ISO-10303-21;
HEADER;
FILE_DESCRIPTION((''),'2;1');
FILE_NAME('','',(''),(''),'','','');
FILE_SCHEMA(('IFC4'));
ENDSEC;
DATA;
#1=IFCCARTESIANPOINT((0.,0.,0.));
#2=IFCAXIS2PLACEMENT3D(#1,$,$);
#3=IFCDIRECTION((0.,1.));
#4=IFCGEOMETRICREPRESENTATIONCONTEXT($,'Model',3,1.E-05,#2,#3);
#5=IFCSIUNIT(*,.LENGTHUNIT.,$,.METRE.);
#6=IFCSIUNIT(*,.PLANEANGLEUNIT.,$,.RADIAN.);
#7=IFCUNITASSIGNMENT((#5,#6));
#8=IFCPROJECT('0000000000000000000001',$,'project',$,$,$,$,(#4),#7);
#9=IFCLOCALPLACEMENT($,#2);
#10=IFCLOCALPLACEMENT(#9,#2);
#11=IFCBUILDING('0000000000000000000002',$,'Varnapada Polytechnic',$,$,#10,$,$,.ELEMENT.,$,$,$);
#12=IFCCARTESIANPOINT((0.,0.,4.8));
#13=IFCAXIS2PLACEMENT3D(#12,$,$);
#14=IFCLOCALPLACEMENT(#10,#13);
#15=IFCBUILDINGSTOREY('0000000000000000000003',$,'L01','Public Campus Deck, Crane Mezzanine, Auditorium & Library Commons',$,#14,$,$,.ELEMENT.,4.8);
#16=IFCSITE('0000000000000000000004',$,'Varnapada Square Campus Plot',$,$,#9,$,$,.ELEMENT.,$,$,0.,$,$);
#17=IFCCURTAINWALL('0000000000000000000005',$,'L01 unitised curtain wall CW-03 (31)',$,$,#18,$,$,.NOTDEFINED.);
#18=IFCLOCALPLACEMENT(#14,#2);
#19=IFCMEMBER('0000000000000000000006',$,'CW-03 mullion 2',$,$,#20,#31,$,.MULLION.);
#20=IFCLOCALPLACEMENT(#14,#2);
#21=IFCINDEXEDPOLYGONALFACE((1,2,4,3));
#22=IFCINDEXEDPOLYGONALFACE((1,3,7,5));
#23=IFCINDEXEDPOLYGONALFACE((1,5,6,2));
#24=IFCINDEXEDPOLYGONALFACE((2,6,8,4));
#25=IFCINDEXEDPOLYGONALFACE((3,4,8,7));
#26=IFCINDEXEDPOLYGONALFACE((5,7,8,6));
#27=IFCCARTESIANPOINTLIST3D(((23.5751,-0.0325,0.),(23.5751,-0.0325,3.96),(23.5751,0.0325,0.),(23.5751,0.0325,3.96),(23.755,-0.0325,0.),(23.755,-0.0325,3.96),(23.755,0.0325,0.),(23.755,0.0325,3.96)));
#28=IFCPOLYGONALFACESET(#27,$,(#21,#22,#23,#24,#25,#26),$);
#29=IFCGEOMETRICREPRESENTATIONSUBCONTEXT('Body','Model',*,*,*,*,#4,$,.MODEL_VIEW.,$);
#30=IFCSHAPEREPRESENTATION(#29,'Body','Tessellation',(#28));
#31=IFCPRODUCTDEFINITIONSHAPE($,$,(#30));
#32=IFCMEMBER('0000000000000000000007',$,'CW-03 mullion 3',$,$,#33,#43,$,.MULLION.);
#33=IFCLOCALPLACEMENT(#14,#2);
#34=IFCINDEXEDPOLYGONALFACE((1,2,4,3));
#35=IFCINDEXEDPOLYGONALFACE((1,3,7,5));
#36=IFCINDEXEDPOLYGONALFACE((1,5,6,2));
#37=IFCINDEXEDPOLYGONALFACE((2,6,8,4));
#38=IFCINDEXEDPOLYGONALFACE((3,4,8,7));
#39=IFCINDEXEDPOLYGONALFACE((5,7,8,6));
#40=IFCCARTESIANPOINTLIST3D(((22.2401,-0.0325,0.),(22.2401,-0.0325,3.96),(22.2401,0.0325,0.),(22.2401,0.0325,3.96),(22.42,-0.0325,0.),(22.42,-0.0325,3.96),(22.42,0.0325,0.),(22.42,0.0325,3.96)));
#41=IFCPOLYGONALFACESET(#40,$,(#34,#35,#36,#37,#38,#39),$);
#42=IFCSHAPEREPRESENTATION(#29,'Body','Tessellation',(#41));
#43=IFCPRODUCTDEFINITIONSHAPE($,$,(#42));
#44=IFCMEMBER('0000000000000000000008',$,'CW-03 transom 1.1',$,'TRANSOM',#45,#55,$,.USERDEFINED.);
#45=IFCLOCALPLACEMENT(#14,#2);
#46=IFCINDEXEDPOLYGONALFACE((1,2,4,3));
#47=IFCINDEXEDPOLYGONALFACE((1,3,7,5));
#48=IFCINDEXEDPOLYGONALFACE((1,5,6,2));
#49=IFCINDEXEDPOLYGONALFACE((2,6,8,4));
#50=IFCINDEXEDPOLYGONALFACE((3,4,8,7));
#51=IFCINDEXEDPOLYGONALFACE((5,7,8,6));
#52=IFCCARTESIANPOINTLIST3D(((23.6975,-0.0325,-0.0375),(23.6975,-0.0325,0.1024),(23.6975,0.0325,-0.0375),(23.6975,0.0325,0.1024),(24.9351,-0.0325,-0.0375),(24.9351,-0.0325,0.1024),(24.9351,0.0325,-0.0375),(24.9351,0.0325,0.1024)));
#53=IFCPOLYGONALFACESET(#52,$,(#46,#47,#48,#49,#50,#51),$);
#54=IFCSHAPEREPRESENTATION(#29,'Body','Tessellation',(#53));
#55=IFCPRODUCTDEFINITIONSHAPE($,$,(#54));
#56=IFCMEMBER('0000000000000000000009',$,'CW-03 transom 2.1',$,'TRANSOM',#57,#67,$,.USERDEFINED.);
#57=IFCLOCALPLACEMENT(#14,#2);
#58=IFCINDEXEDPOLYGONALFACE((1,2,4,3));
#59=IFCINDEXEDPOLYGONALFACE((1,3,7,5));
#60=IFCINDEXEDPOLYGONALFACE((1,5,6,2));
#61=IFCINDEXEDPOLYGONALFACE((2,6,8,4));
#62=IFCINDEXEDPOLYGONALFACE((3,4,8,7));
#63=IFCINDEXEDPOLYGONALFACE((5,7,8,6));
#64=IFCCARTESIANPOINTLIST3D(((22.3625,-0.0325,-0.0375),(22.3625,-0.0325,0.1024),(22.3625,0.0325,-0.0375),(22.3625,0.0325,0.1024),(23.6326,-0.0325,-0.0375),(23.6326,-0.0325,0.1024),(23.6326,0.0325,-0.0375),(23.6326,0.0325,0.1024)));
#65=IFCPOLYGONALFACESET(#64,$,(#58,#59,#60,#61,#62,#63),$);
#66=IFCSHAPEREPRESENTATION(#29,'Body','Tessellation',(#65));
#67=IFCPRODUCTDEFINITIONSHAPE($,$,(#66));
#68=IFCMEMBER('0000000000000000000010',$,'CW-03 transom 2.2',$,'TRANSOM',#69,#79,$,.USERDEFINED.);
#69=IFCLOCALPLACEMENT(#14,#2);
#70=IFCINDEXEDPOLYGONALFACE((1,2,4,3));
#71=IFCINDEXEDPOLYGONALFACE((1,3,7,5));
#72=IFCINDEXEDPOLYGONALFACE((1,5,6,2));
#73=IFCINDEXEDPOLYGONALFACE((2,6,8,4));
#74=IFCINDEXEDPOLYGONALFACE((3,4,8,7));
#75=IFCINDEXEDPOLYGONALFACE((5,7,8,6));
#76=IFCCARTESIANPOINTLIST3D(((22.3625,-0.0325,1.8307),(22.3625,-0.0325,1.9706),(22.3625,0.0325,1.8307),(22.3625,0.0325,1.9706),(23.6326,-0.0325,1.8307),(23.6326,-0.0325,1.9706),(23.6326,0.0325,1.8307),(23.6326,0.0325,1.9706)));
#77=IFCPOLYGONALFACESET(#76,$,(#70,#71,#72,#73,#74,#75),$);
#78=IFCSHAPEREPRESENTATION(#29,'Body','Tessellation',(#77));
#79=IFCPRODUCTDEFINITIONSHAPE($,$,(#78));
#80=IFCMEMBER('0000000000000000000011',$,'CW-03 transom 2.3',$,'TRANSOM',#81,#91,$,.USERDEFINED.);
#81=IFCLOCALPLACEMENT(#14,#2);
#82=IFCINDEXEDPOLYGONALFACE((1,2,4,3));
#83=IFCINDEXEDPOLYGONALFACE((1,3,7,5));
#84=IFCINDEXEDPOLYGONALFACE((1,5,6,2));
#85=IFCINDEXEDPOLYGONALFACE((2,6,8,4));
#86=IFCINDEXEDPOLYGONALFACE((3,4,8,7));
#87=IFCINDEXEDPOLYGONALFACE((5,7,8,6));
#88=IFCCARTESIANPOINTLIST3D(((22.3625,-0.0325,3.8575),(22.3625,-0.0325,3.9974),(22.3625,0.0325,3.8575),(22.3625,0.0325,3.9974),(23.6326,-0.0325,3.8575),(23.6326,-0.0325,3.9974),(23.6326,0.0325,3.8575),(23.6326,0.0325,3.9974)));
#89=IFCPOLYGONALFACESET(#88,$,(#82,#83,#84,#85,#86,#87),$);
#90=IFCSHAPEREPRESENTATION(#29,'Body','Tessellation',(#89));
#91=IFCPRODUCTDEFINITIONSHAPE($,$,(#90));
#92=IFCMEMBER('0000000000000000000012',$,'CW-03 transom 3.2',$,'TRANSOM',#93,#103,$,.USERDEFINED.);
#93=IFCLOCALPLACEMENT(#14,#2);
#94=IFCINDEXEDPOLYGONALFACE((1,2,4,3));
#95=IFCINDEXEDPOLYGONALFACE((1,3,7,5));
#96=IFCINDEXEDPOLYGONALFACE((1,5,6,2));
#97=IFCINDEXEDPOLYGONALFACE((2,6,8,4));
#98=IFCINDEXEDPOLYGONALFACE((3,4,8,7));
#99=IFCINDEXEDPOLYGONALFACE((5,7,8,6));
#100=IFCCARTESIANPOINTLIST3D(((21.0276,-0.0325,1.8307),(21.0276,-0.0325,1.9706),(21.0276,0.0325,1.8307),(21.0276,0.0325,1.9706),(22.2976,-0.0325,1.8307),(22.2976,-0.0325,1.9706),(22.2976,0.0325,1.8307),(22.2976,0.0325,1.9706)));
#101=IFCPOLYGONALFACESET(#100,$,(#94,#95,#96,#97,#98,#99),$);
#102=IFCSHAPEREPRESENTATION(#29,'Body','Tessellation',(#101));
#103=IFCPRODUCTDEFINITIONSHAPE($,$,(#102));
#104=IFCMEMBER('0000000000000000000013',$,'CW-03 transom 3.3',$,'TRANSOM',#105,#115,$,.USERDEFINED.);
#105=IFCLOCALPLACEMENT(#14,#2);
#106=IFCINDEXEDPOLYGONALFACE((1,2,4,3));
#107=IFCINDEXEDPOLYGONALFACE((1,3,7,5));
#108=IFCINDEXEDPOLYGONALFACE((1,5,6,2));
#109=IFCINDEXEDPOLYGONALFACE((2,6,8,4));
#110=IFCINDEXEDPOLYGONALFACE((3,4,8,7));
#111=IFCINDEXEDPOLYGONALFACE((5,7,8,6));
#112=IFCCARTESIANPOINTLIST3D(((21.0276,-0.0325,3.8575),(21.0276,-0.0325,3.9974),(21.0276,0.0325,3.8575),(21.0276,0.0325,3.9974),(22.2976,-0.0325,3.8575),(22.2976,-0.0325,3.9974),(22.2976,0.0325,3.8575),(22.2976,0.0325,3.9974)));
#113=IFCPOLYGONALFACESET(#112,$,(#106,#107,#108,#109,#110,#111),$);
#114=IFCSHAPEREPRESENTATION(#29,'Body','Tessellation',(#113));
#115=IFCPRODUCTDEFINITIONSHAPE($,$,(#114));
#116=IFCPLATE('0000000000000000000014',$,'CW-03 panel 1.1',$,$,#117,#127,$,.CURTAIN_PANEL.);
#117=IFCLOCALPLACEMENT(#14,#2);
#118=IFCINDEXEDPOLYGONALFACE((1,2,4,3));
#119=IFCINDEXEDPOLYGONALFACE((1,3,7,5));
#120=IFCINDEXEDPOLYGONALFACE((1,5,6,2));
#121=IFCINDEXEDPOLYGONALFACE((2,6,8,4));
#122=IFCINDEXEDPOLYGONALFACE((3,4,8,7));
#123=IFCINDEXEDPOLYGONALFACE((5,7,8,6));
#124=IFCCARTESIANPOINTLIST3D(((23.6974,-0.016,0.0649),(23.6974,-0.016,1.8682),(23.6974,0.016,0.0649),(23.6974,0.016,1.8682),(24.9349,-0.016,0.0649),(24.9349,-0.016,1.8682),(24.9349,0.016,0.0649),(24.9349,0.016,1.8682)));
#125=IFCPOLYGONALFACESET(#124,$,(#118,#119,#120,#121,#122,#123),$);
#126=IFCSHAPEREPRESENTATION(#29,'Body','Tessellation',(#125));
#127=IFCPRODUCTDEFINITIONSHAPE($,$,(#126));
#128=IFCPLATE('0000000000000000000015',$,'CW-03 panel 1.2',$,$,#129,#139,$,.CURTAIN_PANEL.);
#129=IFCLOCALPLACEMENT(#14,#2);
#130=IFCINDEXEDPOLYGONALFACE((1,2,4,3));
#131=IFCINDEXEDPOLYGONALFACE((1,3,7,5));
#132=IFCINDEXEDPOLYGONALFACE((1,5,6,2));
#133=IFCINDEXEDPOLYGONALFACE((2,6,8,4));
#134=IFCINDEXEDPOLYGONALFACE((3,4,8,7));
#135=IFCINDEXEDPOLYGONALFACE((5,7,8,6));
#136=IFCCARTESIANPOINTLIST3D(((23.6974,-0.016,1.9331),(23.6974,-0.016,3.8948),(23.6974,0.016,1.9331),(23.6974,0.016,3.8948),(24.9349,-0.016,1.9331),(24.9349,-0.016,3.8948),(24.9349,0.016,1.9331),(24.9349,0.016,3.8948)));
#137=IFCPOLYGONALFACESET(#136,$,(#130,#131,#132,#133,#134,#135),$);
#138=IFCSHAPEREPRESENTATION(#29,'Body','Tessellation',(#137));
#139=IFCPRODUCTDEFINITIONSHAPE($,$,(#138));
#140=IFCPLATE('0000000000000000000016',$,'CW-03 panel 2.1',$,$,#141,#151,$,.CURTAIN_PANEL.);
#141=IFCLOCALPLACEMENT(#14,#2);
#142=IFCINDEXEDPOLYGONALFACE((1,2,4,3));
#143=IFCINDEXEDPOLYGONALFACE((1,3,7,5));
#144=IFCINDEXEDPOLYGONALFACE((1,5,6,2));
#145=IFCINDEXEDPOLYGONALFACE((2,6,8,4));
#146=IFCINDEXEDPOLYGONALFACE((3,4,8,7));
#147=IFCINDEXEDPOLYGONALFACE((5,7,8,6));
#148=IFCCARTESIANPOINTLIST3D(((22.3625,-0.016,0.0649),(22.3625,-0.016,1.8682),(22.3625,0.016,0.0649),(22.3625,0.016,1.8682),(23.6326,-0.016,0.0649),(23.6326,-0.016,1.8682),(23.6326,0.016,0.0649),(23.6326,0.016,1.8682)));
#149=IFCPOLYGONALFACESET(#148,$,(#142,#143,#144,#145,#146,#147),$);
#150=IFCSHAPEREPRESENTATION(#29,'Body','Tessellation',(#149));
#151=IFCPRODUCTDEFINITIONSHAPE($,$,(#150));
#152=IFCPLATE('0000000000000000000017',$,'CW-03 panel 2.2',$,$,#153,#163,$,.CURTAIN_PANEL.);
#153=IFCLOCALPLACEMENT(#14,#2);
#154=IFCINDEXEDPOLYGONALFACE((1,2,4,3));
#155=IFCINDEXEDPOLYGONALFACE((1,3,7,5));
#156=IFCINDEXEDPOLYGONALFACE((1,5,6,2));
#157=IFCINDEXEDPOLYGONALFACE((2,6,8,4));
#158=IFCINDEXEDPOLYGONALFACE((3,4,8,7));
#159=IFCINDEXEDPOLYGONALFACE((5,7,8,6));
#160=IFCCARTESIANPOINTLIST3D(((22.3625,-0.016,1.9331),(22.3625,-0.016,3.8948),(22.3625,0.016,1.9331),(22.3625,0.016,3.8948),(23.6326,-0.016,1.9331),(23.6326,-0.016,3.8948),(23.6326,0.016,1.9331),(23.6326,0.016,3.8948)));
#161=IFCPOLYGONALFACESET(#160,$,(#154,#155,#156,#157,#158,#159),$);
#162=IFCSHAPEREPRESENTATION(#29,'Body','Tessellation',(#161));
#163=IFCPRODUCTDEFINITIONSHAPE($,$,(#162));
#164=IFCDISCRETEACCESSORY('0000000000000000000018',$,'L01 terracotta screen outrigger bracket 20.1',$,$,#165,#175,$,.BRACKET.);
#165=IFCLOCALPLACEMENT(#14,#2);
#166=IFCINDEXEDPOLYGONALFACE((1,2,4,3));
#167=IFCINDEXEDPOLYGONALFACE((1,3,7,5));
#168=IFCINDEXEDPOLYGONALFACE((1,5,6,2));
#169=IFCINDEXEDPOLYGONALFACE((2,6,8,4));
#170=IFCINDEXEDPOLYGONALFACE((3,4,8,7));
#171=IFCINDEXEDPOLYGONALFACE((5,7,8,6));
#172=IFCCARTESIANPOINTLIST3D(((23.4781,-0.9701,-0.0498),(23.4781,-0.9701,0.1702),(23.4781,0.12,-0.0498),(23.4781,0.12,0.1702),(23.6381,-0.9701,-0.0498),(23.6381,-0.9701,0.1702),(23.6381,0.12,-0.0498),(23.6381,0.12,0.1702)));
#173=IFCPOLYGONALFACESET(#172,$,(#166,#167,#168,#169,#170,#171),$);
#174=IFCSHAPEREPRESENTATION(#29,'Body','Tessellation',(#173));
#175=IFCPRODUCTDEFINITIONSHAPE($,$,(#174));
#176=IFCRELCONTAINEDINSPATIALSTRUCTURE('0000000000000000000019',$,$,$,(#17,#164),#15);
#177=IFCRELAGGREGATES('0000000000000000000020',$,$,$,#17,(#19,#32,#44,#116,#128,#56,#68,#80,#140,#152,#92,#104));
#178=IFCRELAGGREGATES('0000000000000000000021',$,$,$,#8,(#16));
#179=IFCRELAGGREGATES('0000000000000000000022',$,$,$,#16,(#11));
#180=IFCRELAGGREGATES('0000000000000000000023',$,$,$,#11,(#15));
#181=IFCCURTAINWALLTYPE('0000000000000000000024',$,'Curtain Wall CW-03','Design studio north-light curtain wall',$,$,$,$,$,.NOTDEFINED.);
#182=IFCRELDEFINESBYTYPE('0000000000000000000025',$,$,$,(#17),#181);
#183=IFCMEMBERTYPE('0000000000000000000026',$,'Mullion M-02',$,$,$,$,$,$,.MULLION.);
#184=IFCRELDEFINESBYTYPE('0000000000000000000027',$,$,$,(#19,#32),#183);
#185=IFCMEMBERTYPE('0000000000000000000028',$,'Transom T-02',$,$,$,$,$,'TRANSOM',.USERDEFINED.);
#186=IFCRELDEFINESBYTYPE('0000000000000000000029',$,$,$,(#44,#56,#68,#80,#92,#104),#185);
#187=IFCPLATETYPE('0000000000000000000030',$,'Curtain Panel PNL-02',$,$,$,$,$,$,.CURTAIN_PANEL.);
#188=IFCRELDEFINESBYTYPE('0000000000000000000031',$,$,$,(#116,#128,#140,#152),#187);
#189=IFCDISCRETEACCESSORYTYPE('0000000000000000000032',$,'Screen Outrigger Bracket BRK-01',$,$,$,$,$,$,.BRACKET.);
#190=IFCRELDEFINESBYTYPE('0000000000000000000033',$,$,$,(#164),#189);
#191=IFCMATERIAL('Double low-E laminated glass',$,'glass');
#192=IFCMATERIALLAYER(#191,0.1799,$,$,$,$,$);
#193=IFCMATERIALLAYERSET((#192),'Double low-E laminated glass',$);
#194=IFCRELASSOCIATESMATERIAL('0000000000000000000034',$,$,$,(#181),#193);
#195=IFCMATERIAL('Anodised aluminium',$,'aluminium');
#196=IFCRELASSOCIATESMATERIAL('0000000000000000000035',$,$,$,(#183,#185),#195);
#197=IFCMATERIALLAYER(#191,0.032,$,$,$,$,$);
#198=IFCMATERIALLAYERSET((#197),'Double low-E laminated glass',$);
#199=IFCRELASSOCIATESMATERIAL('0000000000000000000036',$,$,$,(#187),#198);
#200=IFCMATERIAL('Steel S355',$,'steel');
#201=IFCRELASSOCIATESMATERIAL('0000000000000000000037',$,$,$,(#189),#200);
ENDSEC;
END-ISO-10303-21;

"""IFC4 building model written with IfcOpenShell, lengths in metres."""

from ifc_helpers import new_model, si_unit, direction, frame, origin, origin_2d, place, context, subcontext, project, spatial, rectangle, extrude, material, layer, layer_set, material_profile, profile_set, type_object, element, aggregate, save


model = new_model("IFC4")

# Units and contexts
model_context = context("Model", 3, precision=1e-05, world=origin(), true_north=direction((0.0, 1.0)))
body_context = subcontext(model_context, "Body", "Model", "MODEL_VIEW")
ifc_project = project(units=[si_unit("LENGTHUNIT", "METRE"), si_unit("PLANEANGLEUNIT", "RADIAN")], contexts=[model_context])

# Site, building, storey
site_placement = place(None, origin())
site = spatial("IfcSite", under=ifc_project, at=site_placement, Name="Varnapada Square Campus Plot", CompositionType="ELEMENT", RefElevation=0.0)
building_placement = place(site_placement, origin())
building = spatial("IfcBuilding", under=site, at=building_placement, Name="Varnapada Polytechnic", CompositionType="ELEMENT")
storey_placement = place(building_placement, frame((0.0, 0.0, 4.8)))
storey = spatial("IfcBuildingStorey", under=building, at=storey_placement, Name="L01", Description="Public Campus Deck, Crane Mezzanine, Auditorium & Library Commons", CompositionType="ELEMENT", Elevation=4.8)

# Curtain wall, members, plates
ifc_material_1 = material(Name="Double low-E laminated glass", Category="glass")
ifc_layer_1 = layer(ifc_material_1, 0.1799)
ifc_layer_set_1 = layer_set([ifc_layer_1], Name="Double low-E laminated glass")
curtain_wall_type = type_object("IfcCurtainWallType", Name="Curtain Wall CW-03", Description="Design studio north-light curtain wall", PredefinedType="NOTDEFINED", material=ifc_layer_set_1)
curtain_wall_placement = place(storey_placement, origin())
curtain_wall = element("IfcCurtainWall", 1, at=curtain_wall_placement, inside=storey, type_object=curtain_wall_type, Name="L01 unitised curtain wall CW-03 (31)", PredefinedType="NOTDEFINED")
ifc_material_2 = material(Name="Anodised aluminium", Category="aluminium")
ifc_material_profile_1 = material_profile(ifc_material_2, rectangle(XDim=0.0649, YDim=0.1799, at=origin_2d()), Name="ALU M65x180")
ifc_profile_set_1 = profile_set([ifc_material_profile_1], Name="Anodised aluminium")
member_type_1 = type_object("IfcMemberType", Name="Mullion M-02", PredefinedType="MULLION", material=ifc_profile_set_1)
member_1_placement = place(storey_placement, frame((23.665, 0.0, 0.0), z_axis=(0.0, 0.0, 1.0), x_axis=(0.0, -1.0, 0.0)))
member_1 = element("IfcMember", 2, at=member_1_placement, type_object=member_type_1, Name="CW-03 mullion 2", PredefinedType="MULLION", context=body_context, shape_type="SweptSolid", body=[
    extrude(rectangle(XDim=0.0649, YDim=0.1799, at=origin_2d()), origin(), (0.0, 0.0, 1.0), 3.96),
])
member_2_placement = place(storey_placement, frame((22.3301, 0.0, 0.0), z_axis=(0.0, 0.0, 1.0), x_axis=(0.0, -1.0, 0.0)))
member_2 = element("IfcMember", 3, at=member_2_placement, type_object=member_type_1, Name="CW-03 mullion 3", PredefinedType="MULLION", context=body_context, shape_type="SweptSolid", body=[
    extrude(rectangle(XDim=0.0649, YDim=0.1799, at=origin_2d()), origin(), (0.0, 0.0, 1.0), 3.96),
])
ifc_material_profile_2 = material_profile(ifc_material_2, rectangle(XDim=0.0649, YDim=0.1399, at=origin_2d()), Name="ALU T65x140")
ifc_profile_set_2 = profile_set([ifc_material_profile_2], Name="Anodised aluminium")
member_type_2 = type_object("IfcMemberType", Name="Transom T-02", ElementType="TRANSOM", PredefinedType="USERDEFINED", material=ifc_profile_set_2)
member_3_placement = place(storey_placement, frame((24.9351, 0.0, 0.0325), z_axis=(-1.0, 0.0, 0.0), x_axis=(0.0, -1.0, 0.0)))
member_3 = element("IfcMember", 4, at=member_3_placement, type_object=member_type_2, Name="CW-03 transom 1.1", ObjectType="TRANSOM", PredefinedType="USERDEFINED", context=body_context, shape_type="SweptSolid", body=[
    extrude(rectangle(XDim=0.0649, YDim=0.1399, at=origin_2d()), origin(), (0.0, 0.0, 1.0), 1.2375),
])
member_4_placement = place(storey_placement, frame((23.6326, 0.0, 0.0325), z_axis=(-1.0, 0.0, 0.0), x_axis=(0.0, -1.0, 0.0)))
member_4 = element("IfcMember", 5, at=member_4_placement, type_object=member_type_2, Name="CW-03 transom 2.1", ObjectType="TRANSOM", PredefinedType="USERDEFINED", context=body_context, shape_type="SweptSolid", body=[
    extrude(rectangle(XDim=0.0649, YDim=0.1399, at=origin_2d()), origin(), (0.0, 0.0, 1.0), 1.27),
])
member_5_placement = place(storey_placement, frame((23.6326, 0.0, 1.9006), z_axis=(-1.0, 0.0, 0.0), x_axis=(0.0, -1.0, 0.0)))
member_5 = element("IfcMember", 6, at=member_5_placement, type_object=member_type_2, Name="CW-03 transom 2.2", ObjectType="TRANSOM", PredefinedType="USERDEFINED", context=body_context, shape_type="SweptSolid", body=[
    extrude(rectangle(XDim=0.0649, YDim=0.1399, at=origin_2d()), origin(), (0.0, 0.0, 1.0), 1.27),
])
member_6_placement = place(storey_placement, frame((23.6326, 0.0, 3.9275), z_axis=(-1.0, 0.0, 0.0), x_axis=(0.0, -1.0, 0.0)))
member_6 = element("IfcMember", 7, at=member_6_placement, type_object=member_type_2, Name="CW-03 transom 2.3", ObjectType="TRANSOM", PredefinedType="USERDEFINED", context=body_context, shape_type="SweptSolid", body=[
    extrude(rectangle(XDim=0.0649, YDim=0.1399, at=origin_2d()), origin(), (0.0, 0.0, 1.0), 1.27),
])
member_7_placement = place(storey_placement, frame((22.2976, 0.0, 1.9006), z_axis=(-1.0, 0.0, 0.0), x_axis=(0.0, -1.0, 0.0)))
member_7 = element("IfcMember", 8, at=member_7_placement, type_object=member_type_2, Name="CW-03 transom 3.2", ObjectType="TRANSOM", PredefinedType="USERDEFINED", context=body_context, shape_type="SweptSolid", body=[
    extrude(rectangle(XDim=0.0649, YDim=0.1399, at=origin_2d()), origin(), (0.0, 0.0, 1.0), 1.27),
])
member_8_placement = place(storey_placement, frame((22.2976, 0.0, 3.9275), z_axis=(-1.0, 0.0, 0.0), x_axis=(0.0, -1.0, 0.0)))
member_8 = element("IfcMember", 9, at=member_8_placement, type_object=member_type_2, Name="CW-03 transom 3.3", ObjectType="TRANSOM", PredefinedType="USERDEFINED", context=body_context, shape_type="SweptSolid", body=[
    extrude(rectangle(XDim=0.0649, YDim=0.1399, at=origin_2d()), origin(), (0.0, 0.0, 1.0), 1.27),
])
ifc_layer_2 = layer(ifc_material_1, 0.032)
ifc_layer_set_2 = layer_set([ifc_layer_2], Name="Double low-E laminated glass")
plate_type = type_object("IfcPlateType", Name="Curtain Panel PNL-02", PredefinedType="CURTAIN_PANEL", material=ifc_layer_set_2)
plate_1_placement = place(storey_placement, frame((24.3162, 0.0, 0.0649), z_axis=(0.0, 0.0, 1.0), x_axis=(-1.0, 0.0, 0.0)))
plate_1 = element("IfcPlate", 10, at=plate_1_placement, type_object=plate_type, Name="CW-03 panel 1.1", PredefinedType="CURTAIN_PANEL", context=body_context, shape_type="SweptSolid", body=[
    extrude(rectangle(XDim=1.2375, YDim=0.032, at=origin_2d()), origin(), (0.0, 0.0, 1.0), 1.8032),
])
plate_2_placement = place(storey_placement, frame((24.3162, 0.0, 1.9331), z_axis=(0.0, 0.0, 1.0), x_axis=(-1.0, 0.0, 0.0)))
plate_2 = element("IfcPlate", 11, at=plate_2_placement, type_object=plate_type, Name="CW-03 panel 1.2", PredefinedType="CURTAIN_PANEL", context=body_context, shape_type="SweptSolid", body=[
    extrude(rectangle(XDim=1.2375, YDim=0.032, at=origin_2d()), origin(), (0.0, 0.0, 1.0), 1.9617),
])
plate_3_placement = place(storey_placement, frame((22.9976, 0.0, 0.0649), z_axis=(0.0, 0.0, 1.0), x_axis=(-1.0, 0.0, 0.0)))
plate_3 = element("IfcPlate", 12, at=plate_3_placement, type_object=plate_type, Name="CW-03 panel 2.1", PredefinedType="CURTAIN_PANEL", context=body_context, shape_type="SweptSolid", body=[
    extrude(rectangle(XDim=1.27, YDim=0.032, at=origin_2d()), origin(), (0.0, 0.0, 1.0), 1.8032),
])
plate_4_placement = place(storey_placement, frame((22.9976, 0.0, 1.9331), z_axis=(0.0, 0.0, 1.0), x_axis=(-1.0, 0.0, 0.0)))
plate_4 = element("IfcPlate", 13, at=plate_4_placement, type_object=plate_type, Name="CW-03 panel 2.2", PredefinedType="CURTAIN_PANEL", context=body_context, shape_type="SweptSolid", body=[
    extrude(rectangle(XDim=1.27, YDim=0.032, at=origin_2d()), origin(), (0.0, 0.0, 1.0), 1.9617),
])
aggregate(curtain_wall, [member_1, member_2, member_3, plate_1, plate_2, member_4, member_5, member_6, plate_3, plate_4, member_7, member_8])

# Discrete accessory
ifc_material_3 = material(Name="Steel S355", Category="steel")
discrete_accessory_type = type_object("IfcDiscreteAccessoryType", Name="Screen Outrigger Bracket BRK-01", PredefinedType="BRACKET", material=ifc_material_3)
discrete_accessory_placement = place(storey_placement, frame((23.5581, -0.425, -0.0498), z_axis=(0.0, 0.0, 1.0), x_axis=(-1.0, 0.0, 0.0)))
element("IfcDiscreteAccessory", 14, at=discrete_accessory_placement, inside=storey, type_object=discrete_accessory_type, Name="L01 terracotta screen outrigger bracket 20.1", PredefinedType="BRACKET", context=body_context, shape_type="SweptSolid", body=[
    extrude(rectangle(XDim=0.1599, YDim=1.0901, at=origin_2d()), origin(), (0.0, 0.0, 1.0), 0.22),
])

save(model, "model.ifc")
